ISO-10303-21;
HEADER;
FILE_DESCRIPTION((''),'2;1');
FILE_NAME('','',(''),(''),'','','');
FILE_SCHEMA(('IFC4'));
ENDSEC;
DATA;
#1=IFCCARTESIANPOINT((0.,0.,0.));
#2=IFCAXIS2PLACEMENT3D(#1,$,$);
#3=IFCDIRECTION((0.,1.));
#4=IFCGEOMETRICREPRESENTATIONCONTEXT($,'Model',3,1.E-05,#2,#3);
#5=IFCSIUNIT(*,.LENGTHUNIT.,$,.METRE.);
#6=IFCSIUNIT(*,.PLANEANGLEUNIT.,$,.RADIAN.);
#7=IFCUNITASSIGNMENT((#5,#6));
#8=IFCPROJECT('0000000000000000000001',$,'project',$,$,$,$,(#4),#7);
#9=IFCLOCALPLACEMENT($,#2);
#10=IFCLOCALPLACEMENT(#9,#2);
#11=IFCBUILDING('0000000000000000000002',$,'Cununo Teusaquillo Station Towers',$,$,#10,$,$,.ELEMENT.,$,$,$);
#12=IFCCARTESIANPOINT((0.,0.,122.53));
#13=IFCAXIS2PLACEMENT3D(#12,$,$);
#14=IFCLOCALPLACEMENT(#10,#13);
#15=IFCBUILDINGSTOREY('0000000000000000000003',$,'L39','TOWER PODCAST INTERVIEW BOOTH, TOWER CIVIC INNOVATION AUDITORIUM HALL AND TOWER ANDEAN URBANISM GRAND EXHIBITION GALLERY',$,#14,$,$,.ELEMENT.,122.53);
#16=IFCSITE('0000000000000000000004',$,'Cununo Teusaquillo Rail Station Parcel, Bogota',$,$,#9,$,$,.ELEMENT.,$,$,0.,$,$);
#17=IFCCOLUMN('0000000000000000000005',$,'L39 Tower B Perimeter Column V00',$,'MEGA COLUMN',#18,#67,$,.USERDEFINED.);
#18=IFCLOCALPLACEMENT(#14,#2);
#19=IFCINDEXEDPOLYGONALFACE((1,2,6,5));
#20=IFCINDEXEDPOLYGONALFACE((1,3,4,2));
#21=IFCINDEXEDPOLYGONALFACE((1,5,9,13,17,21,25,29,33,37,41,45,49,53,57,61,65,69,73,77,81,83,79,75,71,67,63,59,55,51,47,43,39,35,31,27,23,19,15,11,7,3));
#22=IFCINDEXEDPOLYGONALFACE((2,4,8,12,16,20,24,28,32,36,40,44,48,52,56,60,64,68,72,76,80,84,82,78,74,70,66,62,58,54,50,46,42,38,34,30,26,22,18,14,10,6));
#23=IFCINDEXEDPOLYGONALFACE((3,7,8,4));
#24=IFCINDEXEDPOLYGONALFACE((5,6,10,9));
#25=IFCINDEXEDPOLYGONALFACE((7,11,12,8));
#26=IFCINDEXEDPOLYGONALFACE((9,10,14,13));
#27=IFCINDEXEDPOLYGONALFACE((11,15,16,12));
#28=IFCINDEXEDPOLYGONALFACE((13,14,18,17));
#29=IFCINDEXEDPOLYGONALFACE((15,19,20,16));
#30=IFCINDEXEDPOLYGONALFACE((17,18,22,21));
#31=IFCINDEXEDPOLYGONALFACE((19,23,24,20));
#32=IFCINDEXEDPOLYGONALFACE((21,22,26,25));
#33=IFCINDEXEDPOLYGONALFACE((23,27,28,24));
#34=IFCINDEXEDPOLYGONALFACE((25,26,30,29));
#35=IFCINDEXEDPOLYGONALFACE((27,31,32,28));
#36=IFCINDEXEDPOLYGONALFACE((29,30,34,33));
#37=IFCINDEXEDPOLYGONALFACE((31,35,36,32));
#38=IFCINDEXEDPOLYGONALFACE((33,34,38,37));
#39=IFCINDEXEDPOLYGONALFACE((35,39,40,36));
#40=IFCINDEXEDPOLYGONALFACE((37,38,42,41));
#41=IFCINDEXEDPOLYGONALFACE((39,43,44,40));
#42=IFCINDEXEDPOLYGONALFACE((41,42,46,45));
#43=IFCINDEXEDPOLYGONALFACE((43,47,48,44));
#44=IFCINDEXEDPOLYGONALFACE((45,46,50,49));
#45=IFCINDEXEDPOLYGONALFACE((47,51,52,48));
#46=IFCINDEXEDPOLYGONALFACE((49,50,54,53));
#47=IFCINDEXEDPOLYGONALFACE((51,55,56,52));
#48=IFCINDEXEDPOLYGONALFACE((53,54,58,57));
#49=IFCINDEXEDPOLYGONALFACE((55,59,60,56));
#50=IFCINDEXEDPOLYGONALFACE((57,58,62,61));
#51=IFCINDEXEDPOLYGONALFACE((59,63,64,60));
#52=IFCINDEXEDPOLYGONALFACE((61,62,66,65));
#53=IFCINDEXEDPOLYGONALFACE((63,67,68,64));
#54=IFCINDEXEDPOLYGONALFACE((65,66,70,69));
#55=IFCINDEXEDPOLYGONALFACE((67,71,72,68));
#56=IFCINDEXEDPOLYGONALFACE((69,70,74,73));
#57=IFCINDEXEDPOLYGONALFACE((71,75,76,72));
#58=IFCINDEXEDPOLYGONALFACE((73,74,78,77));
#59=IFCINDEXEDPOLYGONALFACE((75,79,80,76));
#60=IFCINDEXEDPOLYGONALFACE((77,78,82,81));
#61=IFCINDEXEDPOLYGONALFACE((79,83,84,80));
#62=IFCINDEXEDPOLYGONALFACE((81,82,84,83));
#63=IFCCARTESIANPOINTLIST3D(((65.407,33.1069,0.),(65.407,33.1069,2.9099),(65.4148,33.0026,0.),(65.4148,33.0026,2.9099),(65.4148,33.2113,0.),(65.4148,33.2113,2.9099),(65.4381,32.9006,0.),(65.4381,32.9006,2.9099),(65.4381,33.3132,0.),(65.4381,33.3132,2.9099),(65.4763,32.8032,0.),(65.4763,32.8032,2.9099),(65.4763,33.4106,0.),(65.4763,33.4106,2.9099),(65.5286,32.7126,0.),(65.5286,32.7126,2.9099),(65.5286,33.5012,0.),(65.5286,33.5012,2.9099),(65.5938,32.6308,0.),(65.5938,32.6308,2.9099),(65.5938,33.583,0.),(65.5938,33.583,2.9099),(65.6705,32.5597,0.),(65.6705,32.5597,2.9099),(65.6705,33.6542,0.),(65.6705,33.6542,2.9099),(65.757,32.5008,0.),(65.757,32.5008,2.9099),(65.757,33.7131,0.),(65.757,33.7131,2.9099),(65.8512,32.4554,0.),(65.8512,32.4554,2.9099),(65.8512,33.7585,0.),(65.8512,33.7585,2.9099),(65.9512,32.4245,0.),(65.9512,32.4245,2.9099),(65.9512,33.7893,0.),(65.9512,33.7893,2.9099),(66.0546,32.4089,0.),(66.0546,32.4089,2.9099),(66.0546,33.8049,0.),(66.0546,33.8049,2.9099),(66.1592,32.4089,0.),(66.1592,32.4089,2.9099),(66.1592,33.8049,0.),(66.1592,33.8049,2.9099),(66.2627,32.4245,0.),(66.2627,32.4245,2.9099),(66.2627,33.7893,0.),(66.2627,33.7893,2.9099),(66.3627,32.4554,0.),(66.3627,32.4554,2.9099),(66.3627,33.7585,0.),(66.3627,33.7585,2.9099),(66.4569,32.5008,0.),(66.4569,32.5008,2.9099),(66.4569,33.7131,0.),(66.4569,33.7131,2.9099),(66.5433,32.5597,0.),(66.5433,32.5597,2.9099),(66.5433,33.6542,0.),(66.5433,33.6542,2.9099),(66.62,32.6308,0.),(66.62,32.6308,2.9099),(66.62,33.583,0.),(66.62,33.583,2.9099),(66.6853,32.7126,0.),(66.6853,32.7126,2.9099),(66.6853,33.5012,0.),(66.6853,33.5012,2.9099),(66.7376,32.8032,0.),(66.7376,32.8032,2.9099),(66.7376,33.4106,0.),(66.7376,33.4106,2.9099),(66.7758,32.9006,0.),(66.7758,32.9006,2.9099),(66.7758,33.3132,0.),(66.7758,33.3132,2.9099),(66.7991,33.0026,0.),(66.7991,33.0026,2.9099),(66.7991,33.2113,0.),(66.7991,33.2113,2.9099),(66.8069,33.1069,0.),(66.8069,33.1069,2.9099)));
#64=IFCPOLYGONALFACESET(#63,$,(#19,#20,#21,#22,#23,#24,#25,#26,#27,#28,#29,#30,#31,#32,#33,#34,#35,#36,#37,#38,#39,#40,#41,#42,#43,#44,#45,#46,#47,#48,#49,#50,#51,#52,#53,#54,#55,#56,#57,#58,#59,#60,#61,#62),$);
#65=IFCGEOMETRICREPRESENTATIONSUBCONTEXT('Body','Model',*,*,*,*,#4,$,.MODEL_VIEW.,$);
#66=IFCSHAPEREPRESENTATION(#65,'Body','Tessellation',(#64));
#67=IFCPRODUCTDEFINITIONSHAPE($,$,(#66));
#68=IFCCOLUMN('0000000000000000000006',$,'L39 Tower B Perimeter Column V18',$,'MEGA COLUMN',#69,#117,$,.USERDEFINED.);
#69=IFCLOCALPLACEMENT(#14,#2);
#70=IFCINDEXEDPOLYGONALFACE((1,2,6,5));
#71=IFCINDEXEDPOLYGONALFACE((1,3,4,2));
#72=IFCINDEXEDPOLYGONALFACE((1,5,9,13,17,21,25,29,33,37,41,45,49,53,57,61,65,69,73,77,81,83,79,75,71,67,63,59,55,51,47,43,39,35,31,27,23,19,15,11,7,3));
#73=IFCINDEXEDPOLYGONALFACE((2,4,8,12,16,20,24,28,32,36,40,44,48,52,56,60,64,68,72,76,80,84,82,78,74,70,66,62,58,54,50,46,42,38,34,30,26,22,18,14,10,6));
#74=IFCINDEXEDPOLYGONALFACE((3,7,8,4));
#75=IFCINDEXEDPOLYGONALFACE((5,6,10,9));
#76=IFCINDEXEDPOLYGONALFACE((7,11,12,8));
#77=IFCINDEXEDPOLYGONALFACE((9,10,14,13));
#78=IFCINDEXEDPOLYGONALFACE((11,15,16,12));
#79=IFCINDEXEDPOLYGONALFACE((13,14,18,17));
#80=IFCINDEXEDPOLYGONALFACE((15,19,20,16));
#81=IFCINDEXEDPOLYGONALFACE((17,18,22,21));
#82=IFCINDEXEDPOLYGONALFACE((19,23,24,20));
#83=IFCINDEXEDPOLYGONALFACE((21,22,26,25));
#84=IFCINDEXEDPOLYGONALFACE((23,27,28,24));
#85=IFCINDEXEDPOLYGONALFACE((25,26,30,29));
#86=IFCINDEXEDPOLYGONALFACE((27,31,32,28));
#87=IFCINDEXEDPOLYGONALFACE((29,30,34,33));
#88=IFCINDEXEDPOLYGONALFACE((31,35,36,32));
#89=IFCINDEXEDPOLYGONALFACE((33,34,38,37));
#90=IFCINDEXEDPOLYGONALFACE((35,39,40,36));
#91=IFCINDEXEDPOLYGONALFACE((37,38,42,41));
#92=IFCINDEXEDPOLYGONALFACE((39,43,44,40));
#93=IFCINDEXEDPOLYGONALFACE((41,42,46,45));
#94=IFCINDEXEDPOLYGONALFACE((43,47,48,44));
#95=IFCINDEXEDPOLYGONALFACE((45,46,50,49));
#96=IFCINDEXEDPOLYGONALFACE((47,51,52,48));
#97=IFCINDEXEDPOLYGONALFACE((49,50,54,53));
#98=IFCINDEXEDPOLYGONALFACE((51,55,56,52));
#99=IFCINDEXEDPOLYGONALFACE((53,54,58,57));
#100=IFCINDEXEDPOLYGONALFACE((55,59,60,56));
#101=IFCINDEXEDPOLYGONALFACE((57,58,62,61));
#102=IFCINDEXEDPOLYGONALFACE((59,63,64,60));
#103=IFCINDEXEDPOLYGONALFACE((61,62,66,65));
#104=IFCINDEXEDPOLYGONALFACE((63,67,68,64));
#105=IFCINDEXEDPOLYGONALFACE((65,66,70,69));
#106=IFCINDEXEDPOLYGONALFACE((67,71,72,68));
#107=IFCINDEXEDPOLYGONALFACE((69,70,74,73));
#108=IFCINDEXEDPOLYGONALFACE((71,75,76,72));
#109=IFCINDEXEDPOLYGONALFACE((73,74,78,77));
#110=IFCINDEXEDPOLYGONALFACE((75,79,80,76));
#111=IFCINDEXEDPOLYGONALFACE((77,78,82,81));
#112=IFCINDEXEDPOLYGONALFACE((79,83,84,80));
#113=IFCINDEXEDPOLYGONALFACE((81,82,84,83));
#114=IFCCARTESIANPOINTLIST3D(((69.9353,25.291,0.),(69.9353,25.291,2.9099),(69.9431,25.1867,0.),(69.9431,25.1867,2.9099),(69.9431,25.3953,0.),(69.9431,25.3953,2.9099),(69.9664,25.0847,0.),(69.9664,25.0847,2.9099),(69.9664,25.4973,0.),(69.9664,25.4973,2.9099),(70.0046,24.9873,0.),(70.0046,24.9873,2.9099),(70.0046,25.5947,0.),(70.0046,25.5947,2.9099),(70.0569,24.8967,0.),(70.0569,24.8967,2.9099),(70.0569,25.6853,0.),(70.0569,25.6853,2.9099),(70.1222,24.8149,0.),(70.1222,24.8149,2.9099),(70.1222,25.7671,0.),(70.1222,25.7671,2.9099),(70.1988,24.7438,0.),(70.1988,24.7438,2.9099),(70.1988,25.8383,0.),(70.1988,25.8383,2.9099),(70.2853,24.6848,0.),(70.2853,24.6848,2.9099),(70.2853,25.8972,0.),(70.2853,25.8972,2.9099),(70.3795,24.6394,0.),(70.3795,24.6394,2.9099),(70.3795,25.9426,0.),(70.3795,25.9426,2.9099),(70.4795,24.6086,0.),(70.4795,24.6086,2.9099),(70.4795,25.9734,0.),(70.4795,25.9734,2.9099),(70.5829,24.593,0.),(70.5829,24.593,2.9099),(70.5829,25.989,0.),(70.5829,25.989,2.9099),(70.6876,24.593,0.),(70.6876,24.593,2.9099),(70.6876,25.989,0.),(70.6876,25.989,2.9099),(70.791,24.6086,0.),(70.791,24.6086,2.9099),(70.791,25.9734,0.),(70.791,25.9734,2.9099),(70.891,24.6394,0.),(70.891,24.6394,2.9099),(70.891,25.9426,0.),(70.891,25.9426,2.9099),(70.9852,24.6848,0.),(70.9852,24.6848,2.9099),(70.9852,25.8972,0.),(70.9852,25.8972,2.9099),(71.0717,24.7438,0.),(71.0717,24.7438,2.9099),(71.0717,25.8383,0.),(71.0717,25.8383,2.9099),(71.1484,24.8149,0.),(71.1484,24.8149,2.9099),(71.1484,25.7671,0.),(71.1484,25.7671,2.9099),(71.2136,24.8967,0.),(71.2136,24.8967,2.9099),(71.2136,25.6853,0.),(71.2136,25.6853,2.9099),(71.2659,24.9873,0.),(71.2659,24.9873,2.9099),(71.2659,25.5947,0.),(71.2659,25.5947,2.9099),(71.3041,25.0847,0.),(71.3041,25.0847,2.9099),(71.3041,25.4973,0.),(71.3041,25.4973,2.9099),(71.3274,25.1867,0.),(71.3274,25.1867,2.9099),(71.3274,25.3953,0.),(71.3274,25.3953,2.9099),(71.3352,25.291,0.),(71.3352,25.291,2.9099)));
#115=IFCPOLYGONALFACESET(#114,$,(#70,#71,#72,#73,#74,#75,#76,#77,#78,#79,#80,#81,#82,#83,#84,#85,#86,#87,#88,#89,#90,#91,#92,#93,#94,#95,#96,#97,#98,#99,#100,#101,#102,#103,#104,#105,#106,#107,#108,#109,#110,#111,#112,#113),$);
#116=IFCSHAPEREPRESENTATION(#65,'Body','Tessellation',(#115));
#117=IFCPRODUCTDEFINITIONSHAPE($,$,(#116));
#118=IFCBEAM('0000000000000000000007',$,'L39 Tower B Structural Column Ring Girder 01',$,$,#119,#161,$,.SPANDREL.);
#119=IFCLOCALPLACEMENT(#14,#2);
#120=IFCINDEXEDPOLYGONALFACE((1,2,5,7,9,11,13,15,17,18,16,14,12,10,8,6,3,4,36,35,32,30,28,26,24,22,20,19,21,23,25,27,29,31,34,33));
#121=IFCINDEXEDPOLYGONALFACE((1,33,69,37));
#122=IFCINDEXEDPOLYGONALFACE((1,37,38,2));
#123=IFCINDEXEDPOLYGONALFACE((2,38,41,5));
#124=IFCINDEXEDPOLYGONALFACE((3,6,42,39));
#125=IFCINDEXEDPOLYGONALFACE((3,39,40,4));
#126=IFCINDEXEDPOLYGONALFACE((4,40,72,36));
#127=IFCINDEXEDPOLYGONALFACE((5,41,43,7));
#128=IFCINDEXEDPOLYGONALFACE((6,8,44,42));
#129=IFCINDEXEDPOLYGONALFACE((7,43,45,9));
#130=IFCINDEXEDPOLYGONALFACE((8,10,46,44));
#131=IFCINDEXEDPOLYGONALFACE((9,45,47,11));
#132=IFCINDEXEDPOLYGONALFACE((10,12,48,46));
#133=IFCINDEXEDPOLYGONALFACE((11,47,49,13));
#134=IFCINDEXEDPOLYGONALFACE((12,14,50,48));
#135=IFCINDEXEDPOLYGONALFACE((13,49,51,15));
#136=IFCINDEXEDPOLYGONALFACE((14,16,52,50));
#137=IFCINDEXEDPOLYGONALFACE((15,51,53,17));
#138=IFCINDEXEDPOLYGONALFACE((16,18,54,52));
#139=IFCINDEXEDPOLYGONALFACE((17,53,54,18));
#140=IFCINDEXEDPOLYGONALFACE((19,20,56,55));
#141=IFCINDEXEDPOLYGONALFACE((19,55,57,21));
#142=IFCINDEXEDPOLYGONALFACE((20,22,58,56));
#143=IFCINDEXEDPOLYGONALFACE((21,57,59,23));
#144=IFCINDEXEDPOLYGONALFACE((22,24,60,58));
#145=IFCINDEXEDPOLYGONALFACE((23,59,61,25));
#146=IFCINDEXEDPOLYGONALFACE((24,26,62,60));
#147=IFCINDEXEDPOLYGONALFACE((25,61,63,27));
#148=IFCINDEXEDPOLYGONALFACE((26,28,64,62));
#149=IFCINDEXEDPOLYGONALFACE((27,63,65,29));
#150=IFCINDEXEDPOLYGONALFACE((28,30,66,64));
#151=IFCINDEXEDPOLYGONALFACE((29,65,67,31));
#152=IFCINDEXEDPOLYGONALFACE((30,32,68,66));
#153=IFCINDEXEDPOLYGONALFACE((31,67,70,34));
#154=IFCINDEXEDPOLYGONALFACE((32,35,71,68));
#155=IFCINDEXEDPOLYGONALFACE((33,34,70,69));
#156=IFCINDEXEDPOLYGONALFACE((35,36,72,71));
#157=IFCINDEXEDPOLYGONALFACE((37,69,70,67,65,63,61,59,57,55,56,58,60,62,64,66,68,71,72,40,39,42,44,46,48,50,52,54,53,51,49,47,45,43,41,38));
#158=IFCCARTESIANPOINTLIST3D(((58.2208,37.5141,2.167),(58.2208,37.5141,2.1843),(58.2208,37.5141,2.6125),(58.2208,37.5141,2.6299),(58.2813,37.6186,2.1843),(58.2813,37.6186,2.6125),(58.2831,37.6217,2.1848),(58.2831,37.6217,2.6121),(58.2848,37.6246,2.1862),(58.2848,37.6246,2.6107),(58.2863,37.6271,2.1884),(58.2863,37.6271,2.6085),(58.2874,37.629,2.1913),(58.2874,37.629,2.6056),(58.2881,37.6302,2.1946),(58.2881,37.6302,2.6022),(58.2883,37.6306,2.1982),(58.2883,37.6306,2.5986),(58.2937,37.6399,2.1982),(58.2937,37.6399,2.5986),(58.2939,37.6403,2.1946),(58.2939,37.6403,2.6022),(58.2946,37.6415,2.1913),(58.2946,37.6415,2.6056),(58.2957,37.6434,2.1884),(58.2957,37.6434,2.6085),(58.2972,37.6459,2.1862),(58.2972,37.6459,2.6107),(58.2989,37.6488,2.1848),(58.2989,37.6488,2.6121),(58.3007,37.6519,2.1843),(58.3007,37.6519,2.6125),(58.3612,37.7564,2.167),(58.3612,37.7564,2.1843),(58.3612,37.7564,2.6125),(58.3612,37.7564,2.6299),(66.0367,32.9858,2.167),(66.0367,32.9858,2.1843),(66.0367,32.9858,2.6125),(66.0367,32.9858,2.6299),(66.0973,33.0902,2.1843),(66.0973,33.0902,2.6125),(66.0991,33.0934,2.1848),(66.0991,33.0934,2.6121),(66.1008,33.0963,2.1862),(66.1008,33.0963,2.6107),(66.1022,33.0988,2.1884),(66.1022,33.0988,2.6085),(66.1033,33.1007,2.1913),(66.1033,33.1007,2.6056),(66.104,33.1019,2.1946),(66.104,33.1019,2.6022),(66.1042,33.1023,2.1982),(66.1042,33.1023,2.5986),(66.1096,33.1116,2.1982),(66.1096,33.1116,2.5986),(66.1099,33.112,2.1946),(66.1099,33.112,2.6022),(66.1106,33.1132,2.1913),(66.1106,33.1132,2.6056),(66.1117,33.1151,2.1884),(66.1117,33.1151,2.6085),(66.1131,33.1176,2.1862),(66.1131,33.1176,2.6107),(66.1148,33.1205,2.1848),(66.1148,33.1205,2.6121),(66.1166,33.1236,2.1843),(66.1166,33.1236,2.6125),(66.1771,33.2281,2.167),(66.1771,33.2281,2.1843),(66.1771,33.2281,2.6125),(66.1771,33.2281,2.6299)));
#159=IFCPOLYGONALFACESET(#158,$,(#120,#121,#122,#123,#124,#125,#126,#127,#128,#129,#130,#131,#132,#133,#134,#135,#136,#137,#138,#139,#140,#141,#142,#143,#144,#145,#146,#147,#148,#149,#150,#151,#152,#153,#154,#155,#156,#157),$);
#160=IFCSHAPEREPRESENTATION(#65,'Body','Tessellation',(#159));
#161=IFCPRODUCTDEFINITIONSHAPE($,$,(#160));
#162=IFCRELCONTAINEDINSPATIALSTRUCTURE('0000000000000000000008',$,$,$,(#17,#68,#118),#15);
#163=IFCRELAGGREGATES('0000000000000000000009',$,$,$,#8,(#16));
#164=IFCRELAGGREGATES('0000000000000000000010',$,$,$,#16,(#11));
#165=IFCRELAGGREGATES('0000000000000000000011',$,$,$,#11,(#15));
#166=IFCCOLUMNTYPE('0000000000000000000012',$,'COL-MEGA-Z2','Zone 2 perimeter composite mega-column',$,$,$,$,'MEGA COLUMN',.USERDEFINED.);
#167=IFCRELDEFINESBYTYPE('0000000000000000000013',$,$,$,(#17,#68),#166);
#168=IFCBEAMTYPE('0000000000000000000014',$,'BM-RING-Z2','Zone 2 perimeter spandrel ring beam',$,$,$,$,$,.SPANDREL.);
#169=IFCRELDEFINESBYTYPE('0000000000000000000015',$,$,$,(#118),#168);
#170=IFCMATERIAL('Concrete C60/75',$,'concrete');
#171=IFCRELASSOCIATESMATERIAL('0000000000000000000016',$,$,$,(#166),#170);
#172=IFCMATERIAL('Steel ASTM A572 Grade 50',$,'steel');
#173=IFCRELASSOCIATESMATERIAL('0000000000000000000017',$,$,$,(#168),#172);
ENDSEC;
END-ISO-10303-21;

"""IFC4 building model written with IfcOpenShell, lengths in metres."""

from ifc_helpers import new_model, si_unit, direction, frame, origin, origin_2d, place, context, subcontext, project, spatial, circle, i_section, extrude, material, material_profile, profile_set, type_object, element, save


model = new_model("IFC4")

# Units and contexts
model_context = context("Model", 3, precision=1e-05, world=origin(), true_north=direction((0.0, 1.0)))
body_context = subcontext(model_context, "Body", "Model", "MODEL_VIEW")
ifc_project = project(units=[si_unit("LENGTHUNIT", "METRE"), si_unit("PLANEANGLEUNIT", "RADIAN")], contexts=[model_context])

# Site, building, storey
site_placement = place(None, origin())
site = spatial("IfcSite", under=ifc_project, at=site_placement, Name="Cununo Teusaquillo Rail Station Parcel, Bogota", CompositionType="ELEMENT", RefElevation=0.0)
building_placement = place(site_placement, origin())
building = spatial("IfcBuilding", under=site, at=building_placement, Name="Cununo Teusaquillo Station Towers", CompositionType="ELEMENT")
storey_placement = place(building_placement, frame((0.0, 0.0, 122.53)))
storey = spatial("IfcBuildingStorey", under=building, at=storey_placement, Name="L39", Description="TOWER PODCAST INTERVIEW BOOTH, TOWER CIVIC INNOVATION AUDITORIUM HALL AND TOWER ANDEAN URBANISM GRAND EXHIBITION GALLERY", CompositionType="ELEMENT", Elevation=122.53)

# Columns
ifc_material_1 = material(Name="Concrete C60/75", Category="concrete")
ifc_material_profile_1 = material_profile(ifc_material_1, circle(Radius=0.7, at=origin_2d()), Name="RC-CIRC-1400")
ifc_profile_set_1 = profile_set([ifc_material_profile_1], Name="Concrete C60/75")
column_type = type_object("IfcColumnType", Name="COL-MEGA-Z2", Description="Zone 2 perimeter composite mega-column", ElementType="MEGA COLUMN", PredefinedType="USERDEFINED", material=ifc_profile_set_1)
for number, where, z_axis, x_axis, name in (
    (1, (66.1069, 33.1069, 0.0), (0.0, 0.0, 1.0), (1.0, 0.0, 0.0), "L39 Tower B Perimeter Column V00"),
    (2, (70.6353, 25.291, 0.0), (0.0, 0.0, 1.0), (1.0, 0.0, 0.0), "L39 Tower B Perimeter Column V18"),
):
    element("IfcColumn", number, at=place(storey_placement, frame(where, z_axis=z_axis, x_axis=x_axis)), inside=storey, type_object=column_type, Name=name, ObjectType="MEGA COLUMN", PredefinedType="USERDEFINED", context=body_context, shape_type="SweptSolid", body=[
        extrude(circle(Radius=0.7, at=origin_2d()), origin(), (0.0, 0.0, 1.0), 2.9099),
    ])

# Beam
ifc_material_2 = material(Name="Steel ASTM A572 Grade 50", Category="steel")
ifc_material_profile_2 = material_profile(ifc_material_2, i_section(OverallWidth=0.28, OverallDepth=0.4629, WebThickness=0.0107, FlangeThickness=0.0173, FilletRadius=0.0139, at=origin_2d()), Name="W18X76")
ifc_profile_set_2 = profile_set([ifc_material_profile_2], Name="Steel ASTM A572 Grade 50")
beam_type = type_object("IfcBeamType", Name="BM-RING-Z2", Description="Zone 2 perimeter spandrel ring beam", PredefinedType="SPANDREL", material=ifc_profile_set_2)
beam_1_placement = place(storey_placement, frame((66.1069, 33.1069, 2.3984), z_axis=(-0.865267, 0.501311, 0.0), x_axis=(-0.501311, -0.865267, 0.0)))
element("IfcBeam", 3, at=beam_1_placement, inside=storey, type_object=beam_type, Name="L39 Tower B Structural Column Ring Girder 01", PredefinedType="SPANDREL", context=body_context, shape_type="SweptSolid", body=[
    extrude(i_section(OverallWidth=0.28, OverallDepth=0.4629, WebThickness=0.0107, FlangeThickness=0.0173, FilletRadius=0.0139, at=origin_2d()), origin(), (0.0, 0.0, 1.0), 9.033),
])

save(model, "model.ifc")
